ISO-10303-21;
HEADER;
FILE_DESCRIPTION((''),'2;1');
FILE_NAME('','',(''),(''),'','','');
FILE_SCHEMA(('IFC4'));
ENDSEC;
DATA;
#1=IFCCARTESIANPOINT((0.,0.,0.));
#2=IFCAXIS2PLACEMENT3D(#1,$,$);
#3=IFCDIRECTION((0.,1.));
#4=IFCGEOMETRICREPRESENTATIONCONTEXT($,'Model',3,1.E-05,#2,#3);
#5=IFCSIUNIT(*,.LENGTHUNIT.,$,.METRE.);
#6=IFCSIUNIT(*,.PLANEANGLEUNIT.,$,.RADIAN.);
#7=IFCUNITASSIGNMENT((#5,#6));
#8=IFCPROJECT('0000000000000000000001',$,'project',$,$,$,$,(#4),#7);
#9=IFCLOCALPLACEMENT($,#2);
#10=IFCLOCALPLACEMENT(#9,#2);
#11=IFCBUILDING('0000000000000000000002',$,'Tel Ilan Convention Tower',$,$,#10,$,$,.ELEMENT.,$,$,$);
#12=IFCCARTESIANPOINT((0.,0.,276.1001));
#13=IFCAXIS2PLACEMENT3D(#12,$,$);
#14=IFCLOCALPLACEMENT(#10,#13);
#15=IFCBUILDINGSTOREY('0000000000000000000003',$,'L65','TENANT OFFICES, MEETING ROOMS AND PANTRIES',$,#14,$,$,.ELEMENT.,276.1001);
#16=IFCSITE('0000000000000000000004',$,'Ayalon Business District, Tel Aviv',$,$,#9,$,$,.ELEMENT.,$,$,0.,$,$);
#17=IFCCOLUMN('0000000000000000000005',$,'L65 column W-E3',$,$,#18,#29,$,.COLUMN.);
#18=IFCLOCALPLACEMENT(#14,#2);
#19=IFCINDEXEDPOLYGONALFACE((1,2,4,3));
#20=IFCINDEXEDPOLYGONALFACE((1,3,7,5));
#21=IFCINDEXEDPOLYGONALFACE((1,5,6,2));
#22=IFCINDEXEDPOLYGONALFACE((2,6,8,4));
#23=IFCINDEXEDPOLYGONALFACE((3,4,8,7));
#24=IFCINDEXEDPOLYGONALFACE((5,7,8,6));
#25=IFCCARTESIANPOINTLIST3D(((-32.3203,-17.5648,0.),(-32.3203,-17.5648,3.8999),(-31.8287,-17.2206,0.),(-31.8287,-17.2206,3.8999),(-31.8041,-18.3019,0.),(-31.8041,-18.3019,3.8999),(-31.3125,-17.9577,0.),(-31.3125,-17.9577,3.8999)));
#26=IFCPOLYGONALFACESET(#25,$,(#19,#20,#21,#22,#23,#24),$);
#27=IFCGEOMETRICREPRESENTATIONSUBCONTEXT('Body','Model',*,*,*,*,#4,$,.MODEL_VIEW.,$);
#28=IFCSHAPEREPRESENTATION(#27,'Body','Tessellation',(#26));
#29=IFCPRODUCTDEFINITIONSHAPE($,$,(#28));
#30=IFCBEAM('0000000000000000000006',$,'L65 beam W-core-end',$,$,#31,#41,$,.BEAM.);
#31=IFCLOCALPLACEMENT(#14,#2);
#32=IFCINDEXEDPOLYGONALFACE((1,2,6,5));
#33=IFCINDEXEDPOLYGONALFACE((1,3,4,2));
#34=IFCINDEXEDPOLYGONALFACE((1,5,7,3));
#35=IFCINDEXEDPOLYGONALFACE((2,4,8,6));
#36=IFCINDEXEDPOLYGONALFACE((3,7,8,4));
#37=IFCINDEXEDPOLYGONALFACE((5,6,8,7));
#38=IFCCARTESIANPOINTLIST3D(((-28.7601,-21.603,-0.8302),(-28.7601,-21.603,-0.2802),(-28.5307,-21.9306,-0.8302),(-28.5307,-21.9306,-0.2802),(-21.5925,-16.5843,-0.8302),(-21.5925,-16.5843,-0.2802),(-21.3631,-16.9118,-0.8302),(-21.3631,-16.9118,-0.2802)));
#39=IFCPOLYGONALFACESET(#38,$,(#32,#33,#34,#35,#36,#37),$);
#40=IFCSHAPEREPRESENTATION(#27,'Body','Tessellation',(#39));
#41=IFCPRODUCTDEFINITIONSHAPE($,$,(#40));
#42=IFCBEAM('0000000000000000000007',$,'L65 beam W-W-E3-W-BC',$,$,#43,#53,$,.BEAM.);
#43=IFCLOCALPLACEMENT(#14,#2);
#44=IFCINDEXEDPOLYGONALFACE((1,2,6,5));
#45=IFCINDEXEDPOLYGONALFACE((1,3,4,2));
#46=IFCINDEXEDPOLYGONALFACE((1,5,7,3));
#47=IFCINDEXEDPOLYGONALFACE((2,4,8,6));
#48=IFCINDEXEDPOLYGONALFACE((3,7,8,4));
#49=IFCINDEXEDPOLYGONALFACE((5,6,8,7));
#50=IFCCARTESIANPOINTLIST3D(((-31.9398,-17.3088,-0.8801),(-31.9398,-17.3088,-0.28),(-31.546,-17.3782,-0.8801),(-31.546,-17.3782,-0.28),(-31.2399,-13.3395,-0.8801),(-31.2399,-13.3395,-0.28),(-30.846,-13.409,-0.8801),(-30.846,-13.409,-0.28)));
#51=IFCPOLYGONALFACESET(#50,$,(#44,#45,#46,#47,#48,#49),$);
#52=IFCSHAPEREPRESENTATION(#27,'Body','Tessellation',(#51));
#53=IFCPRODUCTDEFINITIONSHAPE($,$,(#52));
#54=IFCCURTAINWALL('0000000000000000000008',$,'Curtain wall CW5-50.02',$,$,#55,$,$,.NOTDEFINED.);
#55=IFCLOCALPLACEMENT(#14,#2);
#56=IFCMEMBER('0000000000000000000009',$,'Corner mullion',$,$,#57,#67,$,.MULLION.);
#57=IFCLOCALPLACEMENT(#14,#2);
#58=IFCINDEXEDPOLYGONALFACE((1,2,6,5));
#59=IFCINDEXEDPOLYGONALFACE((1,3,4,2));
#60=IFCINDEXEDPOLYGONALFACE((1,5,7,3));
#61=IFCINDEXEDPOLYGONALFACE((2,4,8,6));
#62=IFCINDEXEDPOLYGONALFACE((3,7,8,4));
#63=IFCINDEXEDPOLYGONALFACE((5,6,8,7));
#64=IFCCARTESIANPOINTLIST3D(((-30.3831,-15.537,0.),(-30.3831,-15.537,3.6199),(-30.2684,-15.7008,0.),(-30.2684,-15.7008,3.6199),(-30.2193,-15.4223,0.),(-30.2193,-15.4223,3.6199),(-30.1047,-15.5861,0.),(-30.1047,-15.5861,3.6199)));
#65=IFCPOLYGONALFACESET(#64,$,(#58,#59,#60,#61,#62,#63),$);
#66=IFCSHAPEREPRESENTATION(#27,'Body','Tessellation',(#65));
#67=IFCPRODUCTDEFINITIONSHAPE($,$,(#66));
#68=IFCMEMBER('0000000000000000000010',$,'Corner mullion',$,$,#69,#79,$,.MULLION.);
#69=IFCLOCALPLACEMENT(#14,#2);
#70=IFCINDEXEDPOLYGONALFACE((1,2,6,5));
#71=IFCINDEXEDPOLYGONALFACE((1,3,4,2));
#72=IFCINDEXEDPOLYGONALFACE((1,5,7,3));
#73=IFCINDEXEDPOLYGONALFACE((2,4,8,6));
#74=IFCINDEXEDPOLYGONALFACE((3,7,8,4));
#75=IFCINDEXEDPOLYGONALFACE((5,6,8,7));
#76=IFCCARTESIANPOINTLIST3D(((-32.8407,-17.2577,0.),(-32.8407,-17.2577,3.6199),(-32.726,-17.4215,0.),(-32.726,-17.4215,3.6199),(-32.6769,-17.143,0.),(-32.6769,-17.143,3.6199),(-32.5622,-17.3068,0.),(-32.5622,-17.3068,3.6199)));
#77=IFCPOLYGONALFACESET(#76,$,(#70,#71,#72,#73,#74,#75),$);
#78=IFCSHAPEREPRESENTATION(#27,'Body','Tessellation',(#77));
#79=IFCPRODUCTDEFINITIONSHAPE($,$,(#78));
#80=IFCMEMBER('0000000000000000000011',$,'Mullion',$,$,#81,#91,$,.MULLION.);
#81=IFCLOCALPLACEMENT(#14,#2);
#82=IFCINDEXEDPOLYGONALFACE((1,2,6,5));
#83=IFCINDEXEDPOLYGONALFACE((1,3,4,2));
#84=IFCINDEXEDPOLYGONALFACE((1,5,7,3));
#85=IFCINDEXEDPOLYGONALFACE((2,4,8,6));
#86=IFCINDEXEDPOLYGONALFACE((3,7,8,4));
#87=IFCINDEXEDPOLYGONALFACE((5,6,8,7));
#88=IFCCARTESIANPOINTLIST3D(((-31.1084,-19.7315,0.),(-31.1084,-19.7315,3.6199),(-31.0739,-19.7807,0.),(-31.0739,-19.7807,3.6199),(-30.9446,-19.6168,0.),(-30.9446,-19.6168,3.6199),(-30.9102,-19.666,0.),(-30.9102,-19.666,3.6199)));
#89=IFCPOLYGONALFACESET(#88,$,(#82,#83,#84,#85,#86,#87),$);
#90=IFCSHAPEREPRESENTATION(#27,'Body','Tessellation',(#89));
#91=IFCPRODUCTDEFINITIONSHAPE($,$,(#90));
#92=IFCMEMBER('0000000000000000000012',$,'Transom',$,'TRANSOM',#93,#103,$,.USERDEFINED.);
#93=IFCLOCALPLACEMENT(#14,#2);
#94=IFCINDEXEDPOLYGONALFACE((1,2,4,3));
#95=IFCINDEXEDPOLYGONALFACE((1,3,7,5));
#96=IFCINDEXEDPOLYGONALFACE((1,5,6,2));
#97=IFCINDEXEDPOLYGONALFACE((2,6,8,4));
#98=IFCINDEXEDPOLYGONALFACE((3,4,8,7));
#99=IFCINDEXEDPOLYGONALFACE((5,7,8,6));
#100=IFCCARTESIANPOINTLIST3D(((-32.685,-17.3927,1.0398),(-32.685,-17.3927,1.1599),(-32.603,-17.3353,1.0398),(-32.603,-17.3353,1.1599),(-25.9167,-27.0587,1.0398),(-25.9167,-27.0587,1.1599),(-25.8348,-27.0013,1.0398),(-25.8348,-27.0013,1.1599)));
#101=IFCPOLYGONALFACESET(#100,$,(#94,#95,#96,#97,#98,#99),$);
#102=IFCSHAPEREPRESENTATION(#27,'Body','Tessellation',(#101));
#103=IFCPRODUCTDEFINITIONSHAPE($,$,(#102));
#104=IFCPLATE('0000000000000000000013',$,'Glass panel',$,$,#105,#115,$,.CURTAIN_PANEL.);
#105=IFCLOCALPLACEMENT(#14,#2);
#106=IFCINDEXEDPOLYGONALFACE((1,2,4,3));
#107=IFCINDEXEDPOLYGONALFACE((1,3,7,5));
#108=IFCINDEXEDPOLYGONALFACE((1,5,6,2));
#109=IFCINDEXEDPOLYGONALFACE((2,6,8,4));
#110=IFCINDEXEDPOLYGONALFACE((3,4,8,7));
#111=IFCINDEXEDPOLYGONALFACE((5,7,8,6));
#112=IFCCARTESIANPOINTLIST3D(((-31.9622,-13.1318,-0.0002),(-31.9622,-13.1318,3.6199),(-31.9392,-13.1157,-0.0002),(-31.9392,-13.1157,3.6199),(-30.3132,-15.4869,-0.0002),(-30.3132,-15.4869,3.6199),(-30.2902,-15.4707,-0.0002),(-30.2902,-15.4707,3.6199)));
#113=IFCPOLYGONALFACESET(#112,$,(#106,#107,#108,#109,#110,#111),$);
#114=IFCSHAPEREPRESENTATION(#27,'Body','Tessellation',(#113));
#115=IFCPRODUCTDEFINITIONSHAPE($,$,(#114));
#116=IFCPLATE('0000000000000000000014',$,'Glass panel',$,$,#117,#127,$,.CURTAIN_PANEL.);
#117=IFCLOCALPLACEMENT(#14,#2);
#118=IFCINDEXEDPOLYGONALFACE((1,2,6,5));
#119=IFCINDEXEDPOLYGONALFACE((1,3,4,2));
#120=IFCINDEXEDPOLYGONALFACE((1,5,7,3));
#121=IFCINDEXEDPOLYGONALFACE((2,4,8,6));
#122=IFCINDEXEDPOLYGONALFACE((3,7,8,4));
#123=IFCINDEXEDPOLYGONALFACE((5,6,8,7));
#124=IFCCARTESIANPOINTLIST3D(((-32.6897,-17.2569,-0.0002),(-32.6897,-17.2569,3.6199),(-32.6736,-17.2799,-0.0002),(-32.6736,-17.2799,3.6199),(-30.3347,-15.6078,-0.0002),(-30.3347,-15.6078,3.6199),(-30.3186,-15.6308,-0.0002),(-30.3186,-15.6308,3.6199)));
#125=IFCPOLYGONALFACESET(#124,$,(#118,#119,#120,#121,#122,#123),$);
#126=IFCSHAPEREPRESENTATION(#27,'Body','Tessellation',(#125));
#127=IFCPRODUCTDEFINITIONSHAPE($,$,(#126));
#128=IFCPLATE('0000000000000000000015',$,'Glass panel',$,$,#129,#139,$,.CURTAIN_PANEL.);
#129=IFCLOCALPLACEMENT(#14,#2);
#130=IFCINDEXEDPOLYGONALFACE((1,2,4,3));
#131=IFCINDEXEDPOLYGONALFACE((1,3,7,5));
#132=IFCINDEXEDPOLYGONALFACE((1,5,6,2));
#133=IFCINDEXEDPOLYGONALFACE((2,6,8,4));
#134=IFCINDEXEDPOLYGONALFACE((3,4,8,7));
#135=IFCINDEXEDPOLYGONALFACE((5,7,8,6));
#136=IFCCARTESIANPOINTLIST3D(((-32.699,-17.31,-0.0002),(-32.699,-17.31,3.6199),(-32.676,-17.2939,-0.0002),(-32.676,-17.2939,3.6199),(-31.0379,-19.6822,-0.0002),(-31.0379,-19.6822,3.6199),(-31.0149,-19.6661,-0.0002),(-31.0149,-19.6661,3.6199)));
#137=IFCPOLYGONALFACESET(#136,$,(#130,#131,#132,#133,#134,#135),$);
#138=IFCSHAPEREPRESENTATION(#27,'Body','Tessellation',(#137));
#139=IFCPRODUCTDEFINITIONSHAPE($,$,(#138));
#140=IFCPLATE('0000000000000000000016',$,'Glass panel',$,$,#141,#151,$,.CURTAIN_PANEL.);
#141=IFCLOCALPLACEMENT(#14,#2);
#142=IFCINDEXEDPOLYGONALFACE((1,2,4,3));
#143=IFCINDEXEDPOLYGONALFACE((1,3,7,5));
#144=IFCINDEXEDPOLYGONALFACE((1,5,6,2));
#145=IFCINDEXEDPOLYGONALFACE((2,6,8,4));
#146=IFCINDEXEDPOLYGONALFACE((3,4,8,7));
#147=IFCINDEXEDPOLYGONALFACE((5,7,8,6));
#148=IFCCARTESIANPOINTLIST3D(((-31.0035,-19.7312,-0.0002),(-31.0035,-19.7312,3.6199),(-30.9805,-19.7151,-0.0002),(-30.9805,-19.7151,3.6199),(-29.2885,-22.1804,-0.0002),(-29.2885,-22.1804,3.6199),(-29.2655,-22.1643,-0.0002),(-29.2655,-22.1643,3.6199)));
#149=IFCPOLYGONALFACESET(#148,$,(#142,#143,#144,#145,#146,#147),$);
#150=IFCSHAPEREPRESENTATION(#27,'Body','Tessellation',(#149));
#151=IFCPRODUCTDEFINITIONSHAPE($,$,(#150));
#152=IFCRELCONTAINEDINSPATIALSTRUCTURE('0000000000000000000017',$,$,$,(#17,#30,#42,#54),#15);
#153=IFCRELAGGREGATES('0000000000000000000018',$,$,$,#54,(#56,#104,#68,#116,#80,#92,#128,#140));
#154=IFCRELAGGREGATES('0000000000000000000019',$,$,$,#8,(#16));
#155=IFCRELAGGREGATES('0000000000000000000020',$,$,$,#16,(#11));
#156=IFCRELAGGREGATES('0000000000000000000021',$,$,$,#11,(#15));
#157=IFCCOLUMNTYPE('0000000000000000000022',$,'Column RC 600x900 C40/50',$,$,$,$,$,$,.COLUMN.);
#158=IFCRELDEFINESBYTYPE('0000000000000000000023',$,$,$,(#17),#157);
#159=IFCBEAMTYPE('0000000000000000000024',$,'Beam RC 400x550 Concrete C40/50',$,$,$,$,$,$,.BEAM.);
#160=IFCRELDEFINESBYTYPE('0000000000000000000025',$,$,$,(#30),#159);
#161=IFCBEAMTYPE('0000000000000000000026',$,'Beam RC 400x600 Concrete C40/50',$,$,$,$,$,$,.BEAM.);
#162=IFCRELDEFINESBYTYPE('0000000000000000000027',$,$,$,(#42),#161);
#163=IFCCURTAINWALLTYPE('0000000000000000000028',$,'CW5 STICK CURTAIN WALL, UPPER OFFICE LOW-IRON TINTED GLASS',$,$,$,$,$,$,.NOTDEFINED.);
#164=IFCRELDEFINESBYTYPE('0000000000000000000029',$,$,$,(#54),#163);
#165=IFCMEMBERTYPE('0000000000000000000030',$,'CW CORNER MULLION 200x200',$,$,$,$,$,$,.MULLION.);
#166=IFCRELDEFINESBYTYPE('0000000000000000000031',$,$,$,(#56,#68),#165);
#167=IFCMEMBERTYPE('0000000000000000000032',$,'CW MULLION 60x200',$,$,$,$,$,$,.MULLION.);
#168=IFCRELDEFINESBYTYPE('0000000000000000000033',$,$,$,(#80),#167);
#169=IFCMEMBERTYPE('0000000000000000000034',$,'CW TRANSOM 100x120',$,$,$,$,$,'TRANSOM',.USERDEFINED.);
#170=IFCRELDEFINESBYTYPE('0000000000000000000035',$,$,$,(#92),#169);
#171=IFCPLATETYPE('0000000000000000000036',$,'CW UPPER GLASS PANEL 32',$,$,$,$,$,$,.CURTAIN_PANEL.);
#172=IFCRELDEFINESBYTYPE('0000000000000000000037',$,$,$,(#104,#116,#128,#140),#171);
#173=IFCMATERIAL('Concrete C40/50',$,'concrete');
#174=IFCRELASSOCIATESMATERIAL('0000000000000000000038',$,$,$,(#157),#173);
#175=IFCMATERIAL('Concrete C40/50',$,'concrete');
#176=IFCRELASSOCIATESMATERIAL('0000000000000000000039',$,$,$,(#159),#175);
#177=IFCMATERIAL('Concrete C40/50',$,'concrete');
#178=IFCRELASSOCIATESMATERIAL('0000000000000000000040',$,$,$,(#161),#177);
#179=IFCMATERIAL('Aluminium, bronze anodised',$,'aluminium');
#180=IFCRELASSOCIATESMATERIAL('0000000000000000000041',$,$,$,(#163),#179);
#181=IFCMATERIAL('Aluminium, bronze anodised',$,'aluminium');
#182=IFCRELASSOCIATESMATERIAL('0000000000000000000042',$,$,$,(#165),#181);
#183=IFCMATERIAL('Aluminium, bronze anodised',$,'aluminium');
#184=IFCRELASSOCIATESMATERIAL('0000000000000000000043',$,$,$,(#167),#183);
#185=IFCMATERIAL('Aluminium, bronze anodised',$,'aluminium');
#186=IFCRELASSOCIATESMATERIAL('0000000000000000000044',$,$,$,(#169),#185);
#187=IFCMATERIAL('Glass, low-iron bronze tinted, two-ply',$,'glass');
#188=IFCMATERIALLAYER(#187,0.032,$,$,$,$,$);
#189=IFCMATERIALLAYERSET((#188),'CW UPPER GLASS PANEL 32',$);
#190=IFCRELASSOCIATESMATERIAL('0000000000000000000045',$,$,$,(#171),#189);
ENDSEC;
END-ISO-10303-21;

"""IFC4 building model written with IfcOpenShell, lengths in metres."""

from ifc_helpers import new_model, si_unit, direction, frame, origin, origin_2d, place, context, subcontext, project, spatial, rectangle, extrude, material, layer, layer_set, material_profile, profile_set, type_object, element, aggregate, save


model = new_model("IFC4")

# Units and contexts
model_context = context("Model", 3, precision=1e-05, world=origin(), true_north=direction((0.0, 1.0)))
body_context = subcontext(model_context, "Body", "Model", "MODEL_VIEW")
ifc_project = project(units=[si_unit("LENGTHUNIT", "METRE"), si_unit("PLANEANGLEUNIT", "RADIAN")], contexts=[model_context])

# Site, building, storey
site_placement = place(None, origin())
site = spatial("IfcSite", under=ifc_project, at=site_placement, Name="Ayalon Business District, Tel Aviv", CompositionType="ELEMENT", RefElevation=0.0)
building_placement = place(site_placement, origin())
building = spatial("IfcBuilding", under=site, at=building_placement, Name="Tel Ilan Convention Tower", CompositionType="ELEMENT")
storey_placement = place(building_placement, frame((0.0, 0.0, 276.1001)))
storey = spatial("IfcBuildingStorey", under=building, at=storey_placement, Name="L65", Description="TENANT OFFICES, MEETING ROOMS AND PANTRIES", CompositionType="ELEMENT", Elevation=276.1001)

# Column
ifc_material_1 = material(Name="Concrete C40/50", Category="concrete")
ifc_material_profile_1 = material_profile(ifc_material_1, rectangle(XDim=0.8999, YDim=0.6001, at=origin_2d()), Name="RC 600x900")
ifc_profile_set_1 = profile_set([ifc_material_profile_1], Name="Concrete C40/50")
column_type = type_object("IfcColumnType", Name="Column RC 600x900 C40/50", PredefinedType="COLUMN", material=ifc_profile_set_1)
column_placement = place(storey_placement, frame((-31.8164, -17.7612, 0.0), z_axis=(0.0, 0.0, 1.0), x_axis=(-0.573576, 0.819152, 0.0)))
element("IfcColumn", 1, at=column_placement, inside=storey, type_object=column_type, Name="L65 column W-E3", PredefinedType="COLUMN", context=body_context, shape_type="SweptSolid", body=[
    extrude(rectangle(XDim=0.8999, YDim=0.6001, at=origin_2d()), origin(), (0.0, 0.0, 1.0), 3.8999),
])

# Beams
ifc_material_2 = material(Name="Concrete C40/50", Category="concrete")
ifc_material_profile_2 = material_profile(ifc_material_2, rectangle(XDim=0.3999, YDim=0.55, at=origin_2d()), Name="RC 400x550")
ifc_profile_set_2 = profile_set([ifc_material_profile_2], Name="Concrete C40/50")
beam_type_1 = type_object("IfcBeamType", Name="Beam RC 400x550 Concrete C40/50", PredefinedType="BEAM", material=ifc_profile_set_2)
beam_1_placement = place(storey_placement, frame((-21.4778, -16.748, -0.5552), z_axis=(-0.819157, -0.573569, 0.0), x_axis=(0.573569, -0.819157, 0.0)))
element("IfcBeam", 2, at=beam_1_placement, inside=storey, type_object=beam_type_1, Name="L65 beam W-core-end", PredefinedType="BEAM", context=body_context, shape_type="SweptSolid", body=[
    extrude(rectangle(XDim=0.3999, YDim=0.55, at=origin_2d()), origin(), (0.0, 0.0, 1.0), 8.75),
])
ifc_material_3 = material(Name="Concrete C40/50", Category="concrete")
ifc_material_profile_3 = material_profile(ifc_material_3, rectangle(XDim=0.3999, YDim=0.6001, at=origin_2d()), Name="RC 400x600")
ifc_profile_set_3 = profile_set([ifc_material_profile_3], Name="Concrete C40/50")
beam_type_2 = type_object("IfcBeamType", Name="Beam RC 400x600 Concrete C40/50", PredefinedType="BEAM", material=ifc_profile_set_3)
beam_2_placement = place(storey_placement, frame((-31.7429, -17.3435, -0.5801), z_axis=(0.173664, 0.984805, 0.0), x_axis=(-0.984805, 0.173664, 0.0)))
element("IfcBeam", 3, at=beam_2_placement, inside=storey, type_object=beam_type_2, Name="L65 beam W-W-E3-W-BC", PredefinedType="BEAM", context=body_context, shape_type="SweptSolid", body=[
    extrude(rectangle(XDim=0.3999, YDim=0.6001, at=origin_2d()), origin(), (0.0, 0.0, 1.0), 4.0305),
])

# Curtain wall, members, plates
ifc_material_4 = material(Name="Aluminium, bronze anodised", Category="aluminium")
curtain_wall_type = type_object("IfcCurtainWallType", Name="CW5 STICK CURTAIN WALL, UPPER OFFICE LOW-IRON TINTED GLASS", PredefinedType="NOTDEFINED", material=ifc_material_4)
curtain_wall_placement = place(storey_placement, origin())
curtain_wall = element("IfcCurtainWall", 4, at=curtain_wall_placement, inside=storey, type_object=curtain_wall_type, Name="Curtain wall CW5-50.02", PredefinedType="NOTDEFINED")
ifc_material_5 = material(Name="Aluminium, bronze anodised", Category="aluminium")
ifc_material_profile_4 = material_profile(ifc_material_5, rectangle(XDim=0.2, YDim=0.2, at=origin_2d()), Name="CW CORNER MULLION 200x200")
ifc_profile_set_4 = profile_set([ifc_material_profile_4], Name="Aluminium, bronze anodised")
member_type_1 = type_object("IfcMemberType", Name="CW CORNER MULLION 200x200", PredefinedType="MULLION", material=ifc_profile_set_4)
member_1_placement = place(storey_placement, frame((-30.2439, -15.5615, 0.0), z_axis=(0.0, 0.0, 1.0), x_axis=(0.573576, -0.819152, 0.0)))
member_1 = element("IfcMember", 5, at=member_1_placement, type_object=member_type_1, Name="Corner mullion", PredefinedType="MULLION", context=body_context, shape_type="SweptSolid", body=[
    extrude(rectangle(XDim=0.2, YDim=0.2, at=origin_2d()), origin(), (0.0, 0.0, 1.0), 3.6199),
])
member_2_placement = place(storey_placement, frame((-32.7014, -17.2822, 0.0), z_axis=(0.0, 0.0, 1.0), x_axis=(-0.819152, -0.573576, 0.0)))
member_2 = element("IfcMember", 6, at=member_2_placement, type_object=member_type_1, Name="Corner mullion", PredefinedType="MULLION", context=body_context, shape_type="SweptSolid", body=[
    extrude(rectangle(XDim=0.2, YDim=0.2, at=origin_2d()), origin(), (0.0, 0.0, 1.0), 3.6199),
])
ifc_material_6 = material(Name="Aluminium, bronze anodised", Category="aluminium")
ifc_material_profile_5 = material_profile(ifc_material_6, rectangle(XDim=0.0601, YDim=0.2, at=origin_2d()), Name="CW MULLION 60x200")
ifc_profile_set_5 = profile_set([ifc_material_profile_5], Name="Aluminium, bronze anodised")
member_type_2 = type_object("IfcMemberType", Name="CW MULLION 60x200", PredefinedType="MULLION", material=ifc_profile_set_5)
member_3_placement = place(storey_placement, frame((-31.0093, -19.6987, 0.0), z_axis=(0.0, 0.0, 1.0), x_axis=(0.573576, -0.819152, 0.0)))
member_3 = element("IfcMember", 7, at=member_3_placement, type_object=member_type_2, Name="Mullion", PredefinedType="MULLION", context=body_context, shape_type="SweptSolid", body=[
    extrude(rectangle(XDim=0.0601, YDim=0.2, at=origin_2d()), origin(), (0.0, 0.0, 1.0), 3.6199),
])
ifc_material_7 = material(Name="Aluminium, bronze anodised", Category="aluminium")
ifc_material_profile_6 = material_profile(ifc_material_7, rectangle(XDim=0.1001, YDim=0.1201, at=origin_2d()), Name="CW TRANSOM 100x120")
ifc_profile_set_6 = profile_set([ifc_material_profile_6], Name="Aluminium, bronze anodised")
member_type_3 = type_object("IfcMemberType", Name="CW TRANSOM 100x120", ElementType="TRANSOM", PredefinedType="USERDEFINED", material=ifc_profile_set_6)
member_4_placement = place(storey_placement, frame((-32.644, -17.364, 1.0999), z_axis=(0.573582, -0.819148, 0.0), x_axis=(0.819148, 0.573582, 0.0)))
member_4 = element("IfcMember", 8, at=member_4_placement, type_object=member_type_3, Name="Transom", ObjectType="TRANSOM", PredefinedType="USERDEFINED", context=body_context, shape_type="SweptSolid", body=[
    extrude(rectangle(XDim=0.1001, YDim=0.1201, at=origin_2d()), origin(), (0.0, 0.0, 1.0), 11.8),
])
ifc_material_8 = material(Name="Glass, low-iron bronze tinted, two-ply", Category="glass")
ifc_layer_1 = layer(ifc_material_8, 0.032)
ifc_layer_set_1 = layer_set([ifc_layer_1], Name="CW UPPER GLASS PANEL 32")
plate_type = type_object("IfcPlateType", Name="CW UPPER GLASS PANEL 32", PredefinedType="CURTAIN_PANEL", material=ifc_layer_set_1)
plate_1_placement = place(storey_placement, frame((-31.1262, -14.3013, -0.0002), z_axis=(0.0, 0.0, 1.0), x_axis=(0.573576, -0.819152, 0.0)))
plate_1 = element("IfcPlate", 9, at=plate_1_placement, type_object=plate_type, Name="Glass panel", PredefinedType="CURTAIN_PANEL", context=body_context, shape_type="SweptSolid", body=[
    extrude(rectangle(XDim=2.875, YDim=0.0281, at=origin_2d()), origin(), (0.0, 0.0, 1.0), 3.6201),
])
plate_2_placement = place(storey_placement, frame((-31.5042, -16.4438, -0.0002), z_axis=(0.0, 0.0, 1.0), x_axis=(-0.819152, -0.573576, 0.0)))
plate_2 = element("IfcPlate", 10, at=plate_2_placement, type_object=plate_type, Name="Glass panel", PredefinedType="CURTAIN_PANEL", context=body_context, shape_type="SweptSolid", body=[
    extrude(rectangle(XDim=2.875, YDim=0.0281, at=origin_2d()), origin(), (0.0, 0.0, 1.0), 3.6201),
])
plate_3_placement = place(storey_placement, frame((-31.8569, -18.488, -0.0002), z_axis=(0.0, 0.0, 1.0), x_axis=(0.573576, -0.819152, 0.0)))
plate_3 = element("IfcPlate", 11, at=plate_3_placement, type_object=plate_type, Name="Glass panel", PredefinedType="CURTAIN_PANEL", context=body_context, shape_type="SweptSolid", body=[
    extrude(rectangle(XDim=2.896, YDim=0.0281, at=origin_2d()), origin(), (0.0, 0.0, 1.0), 3.6201),
])
plate_4_placement = place(storey_placement, frame((-30.1345, -20.9478, -0.0002), z_axis=(0.0, 0.0, 1.0), x_axis=(0.573576, -0.819152, 0.0)))
plate_4 = element("IfcPlate", 12, at=plate_4_placement, type_object=plate_type, Name="Glass panel", PredefinedType="CURTAIN_PANEL", context=body_context, shape_type="SweptSolid", body=[
    extrude(rectangle(XDim=2.99, YDim=0.0281, at=origin_2d()), origin(), (0.0, 0.0, 1.0), 3.6201),
])
aggregate(curtain_wall, [member_1, plate_1, member_2, plate_2, member_3, member_4, plate_3, plate_4])

save(model, "model.ifc")
